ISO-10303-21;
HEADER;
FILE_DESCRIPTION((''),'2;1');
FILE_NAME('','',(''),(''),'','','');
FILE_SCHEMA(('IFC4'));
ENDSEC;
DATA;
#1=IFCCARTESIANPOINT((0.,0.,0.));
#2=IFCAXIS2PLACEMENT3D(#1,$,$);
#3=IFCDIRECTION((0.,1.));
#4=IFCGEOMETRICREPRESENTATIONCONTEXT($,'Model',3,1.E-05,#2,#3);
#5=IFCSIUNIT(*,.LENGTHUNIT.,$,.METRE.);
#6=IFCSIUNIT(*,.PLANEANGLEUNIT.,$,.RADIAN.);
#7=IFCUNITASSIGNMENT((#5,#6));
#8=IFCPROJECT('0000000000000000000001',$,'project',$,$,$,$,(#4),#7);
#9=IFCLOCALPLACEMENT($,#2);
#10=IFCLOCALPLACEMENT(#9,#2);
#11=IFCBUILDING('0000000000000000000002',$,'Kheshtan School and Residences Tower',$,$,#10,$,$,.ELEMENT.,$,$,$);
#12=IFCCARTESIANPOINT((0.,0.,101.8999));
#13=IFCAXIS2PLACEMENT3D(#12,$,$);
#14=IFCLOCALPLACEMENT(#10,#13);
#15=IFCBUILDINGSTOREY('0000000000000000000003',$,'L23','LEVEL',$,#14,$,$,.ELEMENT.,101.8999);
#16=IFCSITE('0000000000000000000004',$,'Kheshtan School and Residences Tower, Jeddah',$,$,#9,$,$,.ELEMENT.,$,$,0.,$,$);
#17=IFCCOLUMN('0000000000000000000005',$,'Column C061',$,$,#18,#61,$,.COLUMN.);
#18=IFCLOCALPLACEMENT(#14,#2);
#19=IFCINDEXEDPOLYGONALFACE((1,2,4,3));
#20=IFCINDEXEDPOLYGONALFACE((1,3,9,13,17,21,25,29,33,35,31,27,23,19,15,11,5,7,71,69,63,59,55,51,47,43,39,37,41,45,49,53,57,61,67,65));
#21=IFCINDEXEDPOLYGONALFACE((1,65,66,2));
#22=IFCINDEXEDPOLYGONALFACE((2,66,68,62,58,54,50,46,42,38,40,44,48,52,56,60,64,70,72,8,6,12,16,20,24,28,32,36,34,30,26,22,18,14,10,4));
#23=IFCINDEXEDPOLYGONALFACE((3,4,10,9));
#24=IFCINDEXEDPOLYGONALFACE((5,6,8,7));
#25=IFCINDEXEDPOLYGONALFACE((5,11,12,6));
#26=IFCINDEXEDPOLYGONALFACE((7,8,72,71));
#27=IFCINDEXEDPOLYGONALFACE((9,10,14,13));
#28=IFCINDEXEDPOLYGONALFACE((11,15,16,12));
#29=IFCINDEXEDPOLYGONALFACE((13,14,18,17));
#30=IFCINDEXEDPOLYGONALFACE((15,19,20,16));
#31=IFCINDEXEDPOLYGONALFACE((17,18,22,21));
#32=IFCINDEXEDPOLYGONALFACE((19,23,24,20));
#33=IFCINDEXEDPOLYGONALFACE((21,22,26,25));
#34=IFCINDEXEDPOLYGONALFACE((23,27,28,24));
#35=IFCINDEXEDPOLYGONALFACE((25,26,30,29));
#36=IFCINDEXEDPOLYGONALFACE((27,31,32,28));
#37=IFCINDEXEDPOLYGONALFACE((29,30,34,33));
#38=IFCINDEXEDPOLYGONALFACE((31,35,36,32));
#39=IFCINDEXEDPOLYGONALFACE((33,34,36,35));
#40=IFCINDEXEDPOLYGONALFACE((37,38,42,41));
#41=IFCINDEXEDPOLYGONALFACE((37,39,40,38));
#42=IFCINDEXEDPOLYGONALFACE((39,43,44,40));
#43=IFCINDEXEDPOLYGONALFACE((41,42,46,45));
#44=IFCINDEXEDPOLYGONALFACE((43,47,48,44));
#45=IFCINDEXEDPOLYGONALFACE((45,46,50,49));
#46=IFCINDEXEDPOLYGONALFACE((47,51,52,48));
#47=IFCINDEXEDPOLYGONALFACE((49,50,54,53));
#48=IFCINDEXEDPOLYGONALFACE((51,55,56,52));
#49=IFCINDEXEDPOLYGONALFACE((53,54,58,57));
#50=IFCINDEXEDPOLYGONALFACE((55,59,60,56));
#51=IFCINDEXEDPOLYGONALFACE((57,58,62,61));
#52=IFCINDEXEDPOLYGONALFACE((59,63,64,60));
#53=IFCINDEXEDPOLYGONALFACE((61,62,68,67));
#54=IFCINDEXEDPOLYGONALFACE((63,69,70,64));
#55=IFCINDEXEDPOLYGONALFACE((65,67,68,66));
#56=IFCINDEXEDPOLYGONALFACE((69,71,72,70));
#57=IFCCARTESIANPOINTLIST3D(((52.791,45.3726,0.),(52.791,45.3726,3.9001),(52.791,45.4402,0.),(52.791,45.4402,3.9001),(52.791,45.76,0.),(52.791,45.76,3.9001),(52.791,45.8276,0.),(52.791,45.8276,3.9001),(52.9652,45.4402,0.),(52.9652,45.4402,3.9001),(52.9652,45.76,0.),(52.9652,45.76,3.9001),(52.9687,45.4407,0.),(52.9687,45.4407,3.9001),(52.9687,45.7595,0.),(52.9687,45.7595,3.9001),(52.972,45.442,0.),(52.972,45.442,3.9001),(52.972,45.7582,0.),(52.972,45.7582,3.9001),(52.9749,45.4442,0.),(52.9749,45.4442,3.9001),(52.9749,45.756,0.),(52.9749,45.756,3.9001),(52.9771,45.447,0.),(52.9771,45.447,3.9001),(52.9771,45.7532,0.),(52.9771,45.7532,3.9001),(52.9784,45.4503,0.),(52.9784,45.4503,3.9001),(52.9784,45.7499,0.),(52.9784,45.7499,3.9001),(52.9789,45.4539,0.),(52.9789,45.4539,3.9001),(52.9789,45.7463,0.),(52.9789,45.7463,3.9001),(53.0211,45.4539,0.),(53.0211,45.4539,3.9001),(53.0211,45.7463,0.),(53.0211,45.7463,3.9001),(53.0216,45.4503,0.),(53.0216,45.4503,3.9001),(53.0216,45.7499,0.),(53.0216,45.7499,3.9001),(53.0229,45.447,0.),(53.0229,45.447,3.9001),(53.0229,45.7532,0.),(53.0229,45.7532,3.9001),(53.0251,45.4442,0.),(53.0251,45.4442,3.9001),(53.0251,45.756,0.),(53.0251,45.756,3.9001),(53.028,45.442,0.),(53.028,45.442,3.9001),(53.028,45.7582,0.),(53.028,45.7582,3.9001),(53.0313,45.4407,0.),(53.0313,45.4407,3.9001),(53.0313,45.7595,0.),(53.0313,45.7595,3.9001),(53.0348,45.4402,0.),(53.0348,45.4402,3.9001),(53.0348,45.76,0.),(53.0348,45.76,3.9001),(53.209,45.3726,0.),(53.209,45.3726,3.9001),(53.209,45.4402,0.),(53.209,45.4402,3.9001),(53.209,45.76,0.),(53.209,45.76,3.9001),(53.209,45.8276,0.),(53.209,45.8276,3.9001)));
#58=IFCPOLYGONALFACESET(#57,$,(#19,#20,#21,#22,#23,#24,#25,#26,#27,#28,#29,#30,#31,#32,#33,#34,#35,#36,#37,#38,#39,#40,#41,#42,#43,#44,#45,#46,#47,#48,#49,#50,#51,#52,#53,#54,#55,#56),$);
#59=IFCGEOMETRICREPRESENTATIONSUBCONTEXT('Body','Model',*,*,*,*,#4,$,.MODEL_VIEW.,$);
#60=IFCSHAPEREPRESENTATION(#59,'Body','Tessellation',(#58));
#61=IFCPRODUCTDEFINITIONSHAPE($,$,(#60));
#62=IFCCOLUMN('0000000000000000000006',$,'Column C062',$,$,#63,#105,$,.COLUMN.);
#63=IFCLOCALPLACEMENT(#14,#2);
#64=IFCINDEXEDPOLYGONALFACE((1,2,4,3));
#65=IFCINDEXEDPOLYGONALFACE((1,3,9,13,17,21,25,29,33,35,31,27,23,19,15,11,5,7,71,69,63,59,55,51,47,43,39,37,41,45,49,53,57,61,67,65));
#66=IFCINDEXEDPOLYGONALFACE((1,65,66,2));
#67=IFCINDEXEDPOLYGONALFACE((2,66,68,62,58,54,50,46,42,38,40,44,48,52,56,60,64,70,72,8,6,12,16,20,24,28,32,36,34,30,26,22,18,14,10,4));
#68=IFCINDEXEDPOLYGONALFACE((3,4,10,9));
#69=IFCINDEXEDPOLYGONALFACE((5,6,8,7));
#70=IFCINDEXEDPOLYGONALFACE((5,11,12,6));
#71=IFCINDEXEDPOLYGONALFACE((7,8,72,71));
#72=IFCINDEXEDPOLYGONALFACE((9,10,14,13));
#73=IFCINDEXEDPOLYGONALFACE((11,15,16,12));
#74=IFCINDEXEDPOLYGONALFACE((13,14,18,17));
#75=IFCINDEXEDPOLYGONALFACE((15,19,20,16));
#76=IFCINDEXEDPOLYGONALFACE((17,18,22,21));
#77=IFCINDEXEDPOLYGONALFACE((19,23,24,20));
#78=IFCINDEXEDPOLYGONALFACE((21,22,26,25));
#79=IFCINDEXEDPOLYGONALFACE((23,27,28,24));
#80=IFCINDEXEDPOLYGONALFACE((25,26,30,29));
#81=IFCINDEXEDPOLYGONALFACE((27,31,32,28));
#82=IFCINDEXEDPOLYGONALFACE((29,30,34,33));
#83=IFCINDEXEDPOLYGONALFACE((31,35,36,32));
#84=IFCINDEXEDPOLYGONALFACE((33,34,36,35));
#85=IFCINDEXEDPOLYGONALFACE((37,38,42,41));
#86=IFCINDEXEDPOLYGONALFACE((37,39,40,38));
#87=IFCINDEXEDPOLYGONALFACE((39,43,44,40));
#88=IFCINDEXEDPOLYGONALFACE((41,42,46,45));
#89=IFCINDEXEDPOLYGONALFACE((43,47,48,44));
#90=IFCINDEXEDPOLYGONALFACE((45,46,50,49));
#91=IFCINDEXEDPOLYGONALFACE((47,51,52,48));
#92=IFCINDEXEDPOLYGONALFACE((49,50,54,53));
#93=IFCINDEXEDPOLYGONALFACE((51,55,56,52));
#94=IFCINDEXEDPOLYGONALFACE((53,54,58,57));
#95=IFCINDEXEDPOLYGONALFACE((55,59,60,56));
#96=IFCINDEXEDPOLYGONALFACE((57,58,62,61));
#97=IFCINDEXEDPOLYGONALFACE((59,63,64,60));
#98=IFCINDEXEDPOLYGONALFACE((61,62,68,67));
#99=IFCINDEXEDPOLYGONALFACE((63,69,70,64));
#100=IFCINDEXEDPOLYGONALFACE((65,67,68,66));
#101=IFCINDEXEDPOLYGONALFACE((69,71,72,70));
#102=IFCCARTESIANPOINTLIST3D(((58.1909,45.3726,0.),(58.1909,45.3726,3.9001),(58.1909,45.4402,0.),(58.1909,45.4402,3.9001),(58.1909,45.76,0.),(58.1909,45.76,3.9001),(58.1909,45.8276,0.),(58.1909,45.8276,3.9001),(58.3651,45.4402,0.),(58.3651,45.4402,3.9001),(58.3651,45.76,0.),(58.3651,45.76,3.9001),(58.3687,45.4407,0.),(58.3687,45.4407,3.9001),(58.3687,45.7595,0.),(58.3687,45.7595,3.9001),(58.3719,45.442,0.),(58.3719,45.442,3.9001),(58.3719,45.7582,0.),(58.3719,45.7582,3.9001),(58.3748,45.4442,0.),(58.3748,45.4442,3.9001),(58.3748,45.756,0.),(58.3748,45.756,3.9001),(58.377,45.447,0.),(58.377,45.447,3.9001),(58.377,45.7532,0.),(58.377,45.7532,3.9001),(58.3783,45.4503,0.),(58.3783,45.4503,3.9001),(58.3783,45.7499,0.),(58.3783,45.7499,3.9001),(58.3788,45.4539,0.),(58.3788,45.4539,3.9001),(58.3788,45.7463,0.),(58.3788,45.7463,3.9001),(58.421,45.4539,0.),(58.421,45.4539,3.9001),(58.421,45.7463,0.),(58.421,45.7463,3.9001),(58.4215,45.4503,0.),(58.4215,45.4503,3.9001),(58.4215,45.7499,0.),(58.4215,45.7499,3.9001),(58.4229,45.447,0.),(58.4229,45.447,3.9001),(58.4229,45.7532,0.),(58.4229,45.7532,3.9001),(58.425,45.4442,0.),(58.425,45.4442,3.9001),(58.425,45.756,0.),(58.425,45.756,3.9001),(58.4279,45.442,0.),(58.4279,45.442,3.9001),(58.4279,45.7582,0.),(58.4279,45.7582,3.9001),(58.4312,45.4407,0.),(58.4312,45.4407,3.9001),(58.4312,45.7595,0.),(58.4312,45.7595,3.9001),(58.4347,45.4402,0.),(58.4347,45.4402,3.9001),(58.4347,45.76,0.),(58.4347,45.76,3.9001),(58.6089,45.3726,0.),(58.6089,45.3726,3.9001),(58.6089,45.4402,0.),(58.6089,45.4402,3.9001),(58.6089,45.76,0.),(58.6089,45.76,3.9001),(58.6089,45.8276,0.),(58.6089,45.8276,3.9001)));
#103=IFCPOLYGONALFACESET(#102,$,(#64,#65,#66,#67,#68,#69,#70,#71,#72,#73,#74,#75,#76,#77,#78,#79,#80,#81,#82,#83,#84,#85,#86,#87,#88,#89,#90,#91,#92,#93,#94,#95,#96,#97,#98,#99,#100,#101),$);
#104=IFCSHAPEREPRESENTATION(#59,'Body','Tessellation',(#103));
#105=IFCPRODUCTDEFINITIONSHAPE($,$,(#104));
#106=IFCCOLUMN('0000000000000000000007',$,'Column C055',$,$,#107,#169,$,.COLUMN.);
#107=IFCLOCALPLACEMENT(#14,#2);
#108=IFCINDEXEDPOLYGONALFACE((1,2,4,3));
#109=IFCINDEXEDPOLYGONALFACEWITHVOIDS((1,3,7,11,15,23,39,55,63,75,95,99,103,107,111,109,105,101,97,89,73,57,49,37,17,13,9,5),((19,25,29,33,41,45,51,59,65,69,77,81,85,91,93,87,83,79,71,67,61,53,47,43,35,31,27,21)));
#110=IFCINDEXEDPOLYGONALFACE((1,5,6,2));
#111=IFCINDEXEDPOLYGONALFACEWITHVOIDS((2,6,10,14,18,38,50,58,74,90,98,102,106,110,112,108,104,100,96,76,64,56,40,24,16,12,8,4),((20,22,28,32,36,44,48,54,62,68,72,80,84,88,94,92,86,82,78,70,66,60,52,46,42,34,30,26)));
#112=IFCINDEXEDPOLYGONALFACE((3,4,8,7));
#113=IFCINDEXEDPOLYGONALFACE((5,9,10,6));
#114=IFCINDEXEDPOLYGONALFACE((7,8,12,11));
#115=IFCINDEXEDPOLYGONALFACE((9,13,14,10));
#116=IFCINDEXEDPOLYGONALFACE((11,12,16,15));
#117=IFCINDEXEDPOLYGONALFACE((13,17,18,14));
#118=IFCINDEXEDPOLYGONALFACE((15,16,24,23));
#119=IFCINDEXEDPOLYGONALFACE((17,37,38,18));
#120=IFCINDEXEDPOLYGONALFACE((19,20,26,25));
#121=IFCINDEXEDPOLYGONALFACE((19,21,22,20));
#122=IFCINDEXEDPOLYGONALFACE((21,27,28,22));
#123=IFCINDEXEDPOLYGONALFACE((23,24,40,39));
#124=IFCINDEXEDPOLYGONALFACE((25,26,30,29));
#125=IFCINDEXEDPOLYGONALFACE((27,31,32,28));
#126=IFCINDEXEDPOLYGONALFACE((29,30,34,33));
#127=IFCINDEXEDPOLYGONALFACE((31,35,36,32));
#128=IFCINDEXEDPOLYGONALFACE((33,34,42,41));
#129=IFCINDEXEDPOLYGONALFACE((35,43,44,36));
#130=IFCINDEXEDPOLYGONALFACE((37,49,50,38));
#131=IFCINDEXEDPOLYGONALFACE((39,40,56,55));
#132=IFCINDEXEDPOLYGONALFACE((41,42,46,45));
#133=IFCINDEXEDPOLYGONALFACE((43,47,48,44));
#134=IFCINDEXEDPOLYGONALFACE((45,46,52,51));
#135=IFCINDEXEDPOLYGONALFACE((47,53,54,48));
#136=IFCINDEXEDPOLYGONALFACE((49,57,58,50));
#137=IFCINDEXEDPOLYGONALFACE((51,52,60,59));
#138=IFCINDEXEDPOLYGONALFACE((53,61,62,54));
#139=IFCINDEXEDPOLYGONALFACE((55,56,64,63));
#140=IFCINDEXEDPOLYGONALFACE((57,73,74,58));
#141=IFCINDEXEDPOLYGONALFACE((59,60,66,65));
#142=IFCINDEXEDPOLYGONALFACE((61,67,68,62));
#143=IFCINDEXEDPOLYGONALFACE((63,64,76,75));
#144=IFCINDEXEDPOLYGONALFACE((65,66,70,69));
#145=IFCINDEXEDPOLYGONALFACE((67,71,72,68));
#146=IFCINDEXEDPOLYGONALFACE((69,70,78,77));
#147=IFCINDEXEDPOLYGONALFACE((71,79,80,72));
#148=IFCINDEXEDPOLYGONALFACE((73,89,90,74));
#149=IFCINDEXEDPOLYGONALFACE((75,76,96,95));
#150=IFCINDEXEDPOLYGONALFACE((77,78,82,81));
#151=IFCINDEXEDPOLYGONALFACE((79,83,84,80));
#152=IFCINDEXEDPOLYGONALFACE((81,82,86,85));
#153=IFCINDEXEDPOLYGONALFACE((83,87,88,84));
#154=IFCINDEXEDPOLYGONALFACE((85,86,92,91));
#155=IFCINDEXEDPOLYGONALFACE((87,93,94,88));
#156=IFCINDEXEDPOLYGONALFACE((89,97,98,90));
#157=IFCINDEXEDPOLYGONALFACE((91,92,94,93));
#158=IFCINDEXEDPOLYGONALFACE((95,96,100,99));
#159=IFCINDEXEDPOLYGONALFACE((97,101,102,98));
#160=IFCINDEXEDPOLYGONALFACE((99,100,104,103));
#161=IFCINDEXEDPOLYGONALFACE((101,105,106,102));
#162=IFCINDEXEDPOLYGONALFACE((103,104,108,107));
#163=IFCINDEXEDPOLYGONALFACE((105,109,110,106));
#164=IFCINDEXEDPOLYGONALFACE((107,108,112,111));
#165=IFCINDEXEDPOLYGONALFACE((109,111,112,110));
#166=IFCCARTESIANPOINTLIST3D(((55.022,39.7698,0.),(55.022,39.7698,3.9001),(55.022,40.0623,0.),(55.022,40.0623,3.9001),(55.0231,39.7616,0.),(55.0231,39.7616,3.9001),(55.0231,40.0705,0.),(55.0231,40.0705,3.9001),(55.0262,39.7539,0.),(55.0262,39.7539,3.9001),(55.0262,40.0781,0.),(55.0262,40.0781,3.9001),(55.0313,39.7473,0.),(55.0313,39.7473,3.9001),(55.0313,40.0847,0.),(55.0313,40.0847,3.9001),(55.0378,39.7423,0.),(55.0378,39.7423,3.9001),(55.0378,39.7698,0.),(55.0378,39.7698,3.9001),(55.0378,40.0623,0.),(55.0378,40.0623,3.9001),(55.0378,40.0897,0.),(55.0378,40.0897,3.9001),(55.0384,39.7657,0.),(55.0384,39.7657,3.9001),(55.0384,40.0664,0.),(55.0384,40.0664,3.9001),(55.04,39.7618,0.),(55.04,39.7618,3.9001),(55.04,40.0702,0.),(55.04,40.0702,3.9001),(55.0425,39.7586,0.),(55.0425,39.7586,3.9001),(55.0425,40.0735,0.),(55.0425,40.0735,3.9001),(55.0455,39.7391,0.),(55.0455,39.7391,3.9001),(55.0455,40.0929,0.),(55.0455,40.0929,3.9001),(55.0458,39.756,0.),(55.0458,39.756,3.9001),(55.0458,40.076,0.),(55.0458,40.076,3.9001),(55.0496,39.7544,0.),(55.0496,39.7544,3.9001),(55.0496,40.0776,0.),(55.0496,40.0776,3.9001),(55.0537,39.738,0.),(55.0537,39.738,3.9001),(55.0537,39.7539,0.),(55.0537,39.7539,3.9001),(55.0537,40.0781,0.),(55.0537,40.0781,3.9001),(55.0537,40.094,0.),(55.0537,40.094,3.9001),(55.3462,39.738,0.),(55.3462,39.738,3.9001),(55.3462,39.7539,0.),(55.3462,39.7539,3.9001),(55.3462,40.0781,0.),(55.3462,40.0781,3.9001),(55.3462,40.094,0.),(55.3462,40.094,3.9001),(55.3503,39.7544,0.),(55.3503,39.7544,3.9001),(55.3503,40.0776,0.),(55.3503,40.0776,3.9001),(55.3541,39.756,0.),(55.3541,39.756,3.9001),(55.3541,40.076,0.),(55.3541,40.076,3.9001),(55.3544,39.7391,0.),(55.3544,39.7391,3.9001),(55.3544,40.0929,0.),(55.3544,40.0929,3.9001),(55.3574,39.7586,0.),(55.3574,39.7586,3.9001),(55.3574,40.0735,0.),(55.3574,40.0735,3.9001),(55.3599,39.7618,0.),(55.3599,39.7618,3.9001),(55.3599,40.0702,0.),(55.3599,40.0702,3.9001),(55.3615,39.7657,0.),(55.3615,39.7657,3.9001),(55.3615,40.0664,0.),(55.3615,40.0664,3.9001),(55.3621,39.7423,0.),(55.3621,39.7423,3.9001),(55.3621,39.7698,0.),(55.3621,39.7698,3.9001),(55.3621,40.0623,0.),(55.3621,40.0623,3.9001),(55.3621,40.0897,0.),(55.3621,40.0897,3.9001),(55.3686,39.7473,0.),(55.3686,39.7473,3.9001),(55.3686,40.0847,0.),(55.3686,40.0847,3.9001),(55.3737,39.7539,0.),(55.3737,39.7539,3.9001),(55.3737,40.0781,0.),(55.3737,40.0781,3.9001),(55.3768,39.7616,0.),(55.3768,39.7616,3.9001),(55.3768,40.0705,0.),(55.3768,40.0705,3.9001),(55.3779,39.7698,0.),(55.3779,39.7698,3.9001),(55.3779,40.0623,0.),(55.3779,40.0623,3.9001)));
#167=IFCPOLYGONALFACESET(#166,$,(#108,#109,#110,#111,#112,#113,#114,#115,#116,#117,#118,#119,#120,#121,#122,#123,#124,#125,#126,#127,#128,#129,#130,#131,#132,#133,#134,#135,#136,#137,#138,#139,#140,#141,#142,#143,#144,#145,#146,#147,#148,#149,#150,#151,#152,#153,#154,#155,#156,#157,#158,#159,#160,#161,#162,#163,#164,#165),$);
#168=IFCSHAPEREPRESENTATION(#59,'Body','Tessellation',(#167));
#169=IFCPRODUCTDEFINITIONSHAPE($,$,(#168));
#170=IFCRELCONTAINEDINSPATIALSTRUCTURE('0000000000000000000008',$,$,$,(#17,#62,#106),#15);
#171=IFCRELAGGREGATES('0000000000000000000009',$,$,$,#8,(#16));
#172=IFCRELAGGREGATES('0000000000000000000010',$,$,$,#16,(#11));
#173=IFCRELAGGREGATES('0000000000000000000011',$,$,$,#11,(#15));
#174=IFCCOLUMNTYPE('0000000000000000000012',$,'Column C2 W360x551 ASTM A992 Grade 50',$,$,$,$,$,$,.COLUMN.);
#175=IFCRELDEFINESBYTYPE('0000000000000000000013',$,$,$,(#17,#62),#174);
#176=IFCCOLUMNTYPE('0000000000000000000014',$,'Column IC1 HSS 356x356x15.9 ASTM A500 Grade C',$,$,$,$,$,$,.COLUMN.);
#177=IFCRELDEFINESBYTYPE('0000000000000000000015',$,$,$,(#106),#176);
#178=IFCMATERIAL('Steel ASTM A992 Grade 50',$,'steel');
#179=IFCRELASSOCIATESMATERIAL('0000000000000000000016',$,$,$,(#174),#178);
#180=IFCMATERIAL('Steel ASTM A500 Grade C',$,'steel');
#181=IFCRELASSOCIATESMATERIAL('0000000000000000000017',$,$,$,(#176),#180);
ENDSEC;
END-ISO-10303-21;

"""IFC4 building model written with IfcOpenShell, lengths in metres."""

from ifc_helpers import new_model, si_unit, direction, frame, origin, origin_2d, place, context, subcontext, project, spatial, hollow_rectangle, i_section, extrude, material, material_profile, profile_set, type_object, element, save


model = new_model("IFC4")

# Units and contexts
model_context = context("Model", 3, precision=1e-05, world=origin(), true_north=direction((0.0, 1.0)))
body_context = subcontext(model_context, "Body", "Model", "MODEL_VIEW")
ifc_project = project(units=[si_unit("LENGTHUNIT", "METRE"), si_unit("PLANEANGLEUNIT", "RADIAN")], contexts=[model_context])

# Site, building, storey
site_placement = place(None, origin())
site = spatial("IfcSite", under=ifc_project, at=site_placement, Name="Kheshtan School and Residences Tower, Jeddah", CompositionType="ELEMENT", RefElevation=0.0)
building_placement = place(site_placement, origin())
building = spatial("IfcBuilding", under=site, at=building_placement, Name="Kheshtan School and Residences Tower", CompositionType="ELEMENT")
storey_placement = place(building_placement, frame((0.0, 0.0, 101.8999)))
storey = spatial("IfcBuildingStorey", under=building, at=storey_placement, Name="L23", Description="LEVEL", CompositionType="ELEMENT", Elevation=101.8999)

# Columns
ifc_material_1 = material(Name="Steel ASTM A992 Grade 50", Category="steel")
ifc_material_profile_1 = material_profile(ifc_material_1, i_section(OverallWidth=0.418, OverallDepth=0.4551, WebThickness=0.0422, FlangeThickness=0.0676, FilletRadius=0.0137, at=origin_2d()), Name="W360x551")
ifc_profile_set_1 = profile_set([ifc_material_profile_1], Name="Steel ASTM A992 Grade 50")
column_type_1 = type_object("IfcColumnType", Name="Column C2 W360x551 ASTM A992 Grade 50", PredefinedType="COLUMN", material=ifc_profile_set_1)
for number, where, z_axis, x_axis, name in (
    (1, (53.0, 45.6001, 0.0), (0.0, 0.0, 1.0), (1.0, 0.0, 0.0), "Column C061"),
    (2, (58.3999, 45.6001, 0.0), (0.0, 0.0, 1.0), (1.0, 0.0, 0.0), "Column C062"),
):
    element("IfcColumn", number, at=place(storey_placement, frame(where, z_axis=z_axis, x_axis=x_axis)), inside=storey, type_object=column_type_1, Name=name, PredefinedType="COLUMN", context=body_context, shape_type="SweptSolid", body=[
        extrude(i_section(OverallWidth=0.418, OverallDepth=0.4551, WebThickness=0.0422, FlangeThickness=0.0676, FilletRadius=0.0137, at=origin_2d()), origin(), (0.0, 0.0, 1.0), 3.9001),
    ])
ifc_material_2 = material(Name="Steel ASTM A500 Grade C", Category="steel")
ifc_material_profile_2 = material_profile(ifc_material_2, hollow_rectangle(XDim=0.356, YDim=0.356, WallThickness=0.0159, InnerFilletRadius=0.0159, OuterFilletRadius=0.0317, at=origin_2d()), Name="HSS 356x356x15.9")
ifc_profile_set_2 = profile_set([ifc_material_profile_2], Name="Steel ASTM A500 Grade C")
column_type_2 = type_object("IfcColumnType", Name="Column IC1 HSS 356x356x15.9 ASTM A500 Grade C", PredefinedType="COLUMN", material=ifc_profile_set_2)
column_placement = place(storey_placement, frame((55.2, 39.916, 0.0), z_axis=(0.0, 0.0, 1.0), x_axis=(1.0, 0.0, 0.0)))
element("IfcColumn", 3, at=column_placement, inside=storey, type_object=column_type_2, Name="Column C055", PredefinedType="COLUMN", context=body_context, shape_type="SweptSolid", body=[
    extrude(hollow_rectangle(XDim=0.356, YDim=0.356, WallThickness=0.0159, InnerFilletRadius=0.0159, OuterFilletRadius=0.0317, at=origin_2d()), origin(), (0.0, 0.0, 1.0), 3.9001),
])

save(model, "model.ifc")
